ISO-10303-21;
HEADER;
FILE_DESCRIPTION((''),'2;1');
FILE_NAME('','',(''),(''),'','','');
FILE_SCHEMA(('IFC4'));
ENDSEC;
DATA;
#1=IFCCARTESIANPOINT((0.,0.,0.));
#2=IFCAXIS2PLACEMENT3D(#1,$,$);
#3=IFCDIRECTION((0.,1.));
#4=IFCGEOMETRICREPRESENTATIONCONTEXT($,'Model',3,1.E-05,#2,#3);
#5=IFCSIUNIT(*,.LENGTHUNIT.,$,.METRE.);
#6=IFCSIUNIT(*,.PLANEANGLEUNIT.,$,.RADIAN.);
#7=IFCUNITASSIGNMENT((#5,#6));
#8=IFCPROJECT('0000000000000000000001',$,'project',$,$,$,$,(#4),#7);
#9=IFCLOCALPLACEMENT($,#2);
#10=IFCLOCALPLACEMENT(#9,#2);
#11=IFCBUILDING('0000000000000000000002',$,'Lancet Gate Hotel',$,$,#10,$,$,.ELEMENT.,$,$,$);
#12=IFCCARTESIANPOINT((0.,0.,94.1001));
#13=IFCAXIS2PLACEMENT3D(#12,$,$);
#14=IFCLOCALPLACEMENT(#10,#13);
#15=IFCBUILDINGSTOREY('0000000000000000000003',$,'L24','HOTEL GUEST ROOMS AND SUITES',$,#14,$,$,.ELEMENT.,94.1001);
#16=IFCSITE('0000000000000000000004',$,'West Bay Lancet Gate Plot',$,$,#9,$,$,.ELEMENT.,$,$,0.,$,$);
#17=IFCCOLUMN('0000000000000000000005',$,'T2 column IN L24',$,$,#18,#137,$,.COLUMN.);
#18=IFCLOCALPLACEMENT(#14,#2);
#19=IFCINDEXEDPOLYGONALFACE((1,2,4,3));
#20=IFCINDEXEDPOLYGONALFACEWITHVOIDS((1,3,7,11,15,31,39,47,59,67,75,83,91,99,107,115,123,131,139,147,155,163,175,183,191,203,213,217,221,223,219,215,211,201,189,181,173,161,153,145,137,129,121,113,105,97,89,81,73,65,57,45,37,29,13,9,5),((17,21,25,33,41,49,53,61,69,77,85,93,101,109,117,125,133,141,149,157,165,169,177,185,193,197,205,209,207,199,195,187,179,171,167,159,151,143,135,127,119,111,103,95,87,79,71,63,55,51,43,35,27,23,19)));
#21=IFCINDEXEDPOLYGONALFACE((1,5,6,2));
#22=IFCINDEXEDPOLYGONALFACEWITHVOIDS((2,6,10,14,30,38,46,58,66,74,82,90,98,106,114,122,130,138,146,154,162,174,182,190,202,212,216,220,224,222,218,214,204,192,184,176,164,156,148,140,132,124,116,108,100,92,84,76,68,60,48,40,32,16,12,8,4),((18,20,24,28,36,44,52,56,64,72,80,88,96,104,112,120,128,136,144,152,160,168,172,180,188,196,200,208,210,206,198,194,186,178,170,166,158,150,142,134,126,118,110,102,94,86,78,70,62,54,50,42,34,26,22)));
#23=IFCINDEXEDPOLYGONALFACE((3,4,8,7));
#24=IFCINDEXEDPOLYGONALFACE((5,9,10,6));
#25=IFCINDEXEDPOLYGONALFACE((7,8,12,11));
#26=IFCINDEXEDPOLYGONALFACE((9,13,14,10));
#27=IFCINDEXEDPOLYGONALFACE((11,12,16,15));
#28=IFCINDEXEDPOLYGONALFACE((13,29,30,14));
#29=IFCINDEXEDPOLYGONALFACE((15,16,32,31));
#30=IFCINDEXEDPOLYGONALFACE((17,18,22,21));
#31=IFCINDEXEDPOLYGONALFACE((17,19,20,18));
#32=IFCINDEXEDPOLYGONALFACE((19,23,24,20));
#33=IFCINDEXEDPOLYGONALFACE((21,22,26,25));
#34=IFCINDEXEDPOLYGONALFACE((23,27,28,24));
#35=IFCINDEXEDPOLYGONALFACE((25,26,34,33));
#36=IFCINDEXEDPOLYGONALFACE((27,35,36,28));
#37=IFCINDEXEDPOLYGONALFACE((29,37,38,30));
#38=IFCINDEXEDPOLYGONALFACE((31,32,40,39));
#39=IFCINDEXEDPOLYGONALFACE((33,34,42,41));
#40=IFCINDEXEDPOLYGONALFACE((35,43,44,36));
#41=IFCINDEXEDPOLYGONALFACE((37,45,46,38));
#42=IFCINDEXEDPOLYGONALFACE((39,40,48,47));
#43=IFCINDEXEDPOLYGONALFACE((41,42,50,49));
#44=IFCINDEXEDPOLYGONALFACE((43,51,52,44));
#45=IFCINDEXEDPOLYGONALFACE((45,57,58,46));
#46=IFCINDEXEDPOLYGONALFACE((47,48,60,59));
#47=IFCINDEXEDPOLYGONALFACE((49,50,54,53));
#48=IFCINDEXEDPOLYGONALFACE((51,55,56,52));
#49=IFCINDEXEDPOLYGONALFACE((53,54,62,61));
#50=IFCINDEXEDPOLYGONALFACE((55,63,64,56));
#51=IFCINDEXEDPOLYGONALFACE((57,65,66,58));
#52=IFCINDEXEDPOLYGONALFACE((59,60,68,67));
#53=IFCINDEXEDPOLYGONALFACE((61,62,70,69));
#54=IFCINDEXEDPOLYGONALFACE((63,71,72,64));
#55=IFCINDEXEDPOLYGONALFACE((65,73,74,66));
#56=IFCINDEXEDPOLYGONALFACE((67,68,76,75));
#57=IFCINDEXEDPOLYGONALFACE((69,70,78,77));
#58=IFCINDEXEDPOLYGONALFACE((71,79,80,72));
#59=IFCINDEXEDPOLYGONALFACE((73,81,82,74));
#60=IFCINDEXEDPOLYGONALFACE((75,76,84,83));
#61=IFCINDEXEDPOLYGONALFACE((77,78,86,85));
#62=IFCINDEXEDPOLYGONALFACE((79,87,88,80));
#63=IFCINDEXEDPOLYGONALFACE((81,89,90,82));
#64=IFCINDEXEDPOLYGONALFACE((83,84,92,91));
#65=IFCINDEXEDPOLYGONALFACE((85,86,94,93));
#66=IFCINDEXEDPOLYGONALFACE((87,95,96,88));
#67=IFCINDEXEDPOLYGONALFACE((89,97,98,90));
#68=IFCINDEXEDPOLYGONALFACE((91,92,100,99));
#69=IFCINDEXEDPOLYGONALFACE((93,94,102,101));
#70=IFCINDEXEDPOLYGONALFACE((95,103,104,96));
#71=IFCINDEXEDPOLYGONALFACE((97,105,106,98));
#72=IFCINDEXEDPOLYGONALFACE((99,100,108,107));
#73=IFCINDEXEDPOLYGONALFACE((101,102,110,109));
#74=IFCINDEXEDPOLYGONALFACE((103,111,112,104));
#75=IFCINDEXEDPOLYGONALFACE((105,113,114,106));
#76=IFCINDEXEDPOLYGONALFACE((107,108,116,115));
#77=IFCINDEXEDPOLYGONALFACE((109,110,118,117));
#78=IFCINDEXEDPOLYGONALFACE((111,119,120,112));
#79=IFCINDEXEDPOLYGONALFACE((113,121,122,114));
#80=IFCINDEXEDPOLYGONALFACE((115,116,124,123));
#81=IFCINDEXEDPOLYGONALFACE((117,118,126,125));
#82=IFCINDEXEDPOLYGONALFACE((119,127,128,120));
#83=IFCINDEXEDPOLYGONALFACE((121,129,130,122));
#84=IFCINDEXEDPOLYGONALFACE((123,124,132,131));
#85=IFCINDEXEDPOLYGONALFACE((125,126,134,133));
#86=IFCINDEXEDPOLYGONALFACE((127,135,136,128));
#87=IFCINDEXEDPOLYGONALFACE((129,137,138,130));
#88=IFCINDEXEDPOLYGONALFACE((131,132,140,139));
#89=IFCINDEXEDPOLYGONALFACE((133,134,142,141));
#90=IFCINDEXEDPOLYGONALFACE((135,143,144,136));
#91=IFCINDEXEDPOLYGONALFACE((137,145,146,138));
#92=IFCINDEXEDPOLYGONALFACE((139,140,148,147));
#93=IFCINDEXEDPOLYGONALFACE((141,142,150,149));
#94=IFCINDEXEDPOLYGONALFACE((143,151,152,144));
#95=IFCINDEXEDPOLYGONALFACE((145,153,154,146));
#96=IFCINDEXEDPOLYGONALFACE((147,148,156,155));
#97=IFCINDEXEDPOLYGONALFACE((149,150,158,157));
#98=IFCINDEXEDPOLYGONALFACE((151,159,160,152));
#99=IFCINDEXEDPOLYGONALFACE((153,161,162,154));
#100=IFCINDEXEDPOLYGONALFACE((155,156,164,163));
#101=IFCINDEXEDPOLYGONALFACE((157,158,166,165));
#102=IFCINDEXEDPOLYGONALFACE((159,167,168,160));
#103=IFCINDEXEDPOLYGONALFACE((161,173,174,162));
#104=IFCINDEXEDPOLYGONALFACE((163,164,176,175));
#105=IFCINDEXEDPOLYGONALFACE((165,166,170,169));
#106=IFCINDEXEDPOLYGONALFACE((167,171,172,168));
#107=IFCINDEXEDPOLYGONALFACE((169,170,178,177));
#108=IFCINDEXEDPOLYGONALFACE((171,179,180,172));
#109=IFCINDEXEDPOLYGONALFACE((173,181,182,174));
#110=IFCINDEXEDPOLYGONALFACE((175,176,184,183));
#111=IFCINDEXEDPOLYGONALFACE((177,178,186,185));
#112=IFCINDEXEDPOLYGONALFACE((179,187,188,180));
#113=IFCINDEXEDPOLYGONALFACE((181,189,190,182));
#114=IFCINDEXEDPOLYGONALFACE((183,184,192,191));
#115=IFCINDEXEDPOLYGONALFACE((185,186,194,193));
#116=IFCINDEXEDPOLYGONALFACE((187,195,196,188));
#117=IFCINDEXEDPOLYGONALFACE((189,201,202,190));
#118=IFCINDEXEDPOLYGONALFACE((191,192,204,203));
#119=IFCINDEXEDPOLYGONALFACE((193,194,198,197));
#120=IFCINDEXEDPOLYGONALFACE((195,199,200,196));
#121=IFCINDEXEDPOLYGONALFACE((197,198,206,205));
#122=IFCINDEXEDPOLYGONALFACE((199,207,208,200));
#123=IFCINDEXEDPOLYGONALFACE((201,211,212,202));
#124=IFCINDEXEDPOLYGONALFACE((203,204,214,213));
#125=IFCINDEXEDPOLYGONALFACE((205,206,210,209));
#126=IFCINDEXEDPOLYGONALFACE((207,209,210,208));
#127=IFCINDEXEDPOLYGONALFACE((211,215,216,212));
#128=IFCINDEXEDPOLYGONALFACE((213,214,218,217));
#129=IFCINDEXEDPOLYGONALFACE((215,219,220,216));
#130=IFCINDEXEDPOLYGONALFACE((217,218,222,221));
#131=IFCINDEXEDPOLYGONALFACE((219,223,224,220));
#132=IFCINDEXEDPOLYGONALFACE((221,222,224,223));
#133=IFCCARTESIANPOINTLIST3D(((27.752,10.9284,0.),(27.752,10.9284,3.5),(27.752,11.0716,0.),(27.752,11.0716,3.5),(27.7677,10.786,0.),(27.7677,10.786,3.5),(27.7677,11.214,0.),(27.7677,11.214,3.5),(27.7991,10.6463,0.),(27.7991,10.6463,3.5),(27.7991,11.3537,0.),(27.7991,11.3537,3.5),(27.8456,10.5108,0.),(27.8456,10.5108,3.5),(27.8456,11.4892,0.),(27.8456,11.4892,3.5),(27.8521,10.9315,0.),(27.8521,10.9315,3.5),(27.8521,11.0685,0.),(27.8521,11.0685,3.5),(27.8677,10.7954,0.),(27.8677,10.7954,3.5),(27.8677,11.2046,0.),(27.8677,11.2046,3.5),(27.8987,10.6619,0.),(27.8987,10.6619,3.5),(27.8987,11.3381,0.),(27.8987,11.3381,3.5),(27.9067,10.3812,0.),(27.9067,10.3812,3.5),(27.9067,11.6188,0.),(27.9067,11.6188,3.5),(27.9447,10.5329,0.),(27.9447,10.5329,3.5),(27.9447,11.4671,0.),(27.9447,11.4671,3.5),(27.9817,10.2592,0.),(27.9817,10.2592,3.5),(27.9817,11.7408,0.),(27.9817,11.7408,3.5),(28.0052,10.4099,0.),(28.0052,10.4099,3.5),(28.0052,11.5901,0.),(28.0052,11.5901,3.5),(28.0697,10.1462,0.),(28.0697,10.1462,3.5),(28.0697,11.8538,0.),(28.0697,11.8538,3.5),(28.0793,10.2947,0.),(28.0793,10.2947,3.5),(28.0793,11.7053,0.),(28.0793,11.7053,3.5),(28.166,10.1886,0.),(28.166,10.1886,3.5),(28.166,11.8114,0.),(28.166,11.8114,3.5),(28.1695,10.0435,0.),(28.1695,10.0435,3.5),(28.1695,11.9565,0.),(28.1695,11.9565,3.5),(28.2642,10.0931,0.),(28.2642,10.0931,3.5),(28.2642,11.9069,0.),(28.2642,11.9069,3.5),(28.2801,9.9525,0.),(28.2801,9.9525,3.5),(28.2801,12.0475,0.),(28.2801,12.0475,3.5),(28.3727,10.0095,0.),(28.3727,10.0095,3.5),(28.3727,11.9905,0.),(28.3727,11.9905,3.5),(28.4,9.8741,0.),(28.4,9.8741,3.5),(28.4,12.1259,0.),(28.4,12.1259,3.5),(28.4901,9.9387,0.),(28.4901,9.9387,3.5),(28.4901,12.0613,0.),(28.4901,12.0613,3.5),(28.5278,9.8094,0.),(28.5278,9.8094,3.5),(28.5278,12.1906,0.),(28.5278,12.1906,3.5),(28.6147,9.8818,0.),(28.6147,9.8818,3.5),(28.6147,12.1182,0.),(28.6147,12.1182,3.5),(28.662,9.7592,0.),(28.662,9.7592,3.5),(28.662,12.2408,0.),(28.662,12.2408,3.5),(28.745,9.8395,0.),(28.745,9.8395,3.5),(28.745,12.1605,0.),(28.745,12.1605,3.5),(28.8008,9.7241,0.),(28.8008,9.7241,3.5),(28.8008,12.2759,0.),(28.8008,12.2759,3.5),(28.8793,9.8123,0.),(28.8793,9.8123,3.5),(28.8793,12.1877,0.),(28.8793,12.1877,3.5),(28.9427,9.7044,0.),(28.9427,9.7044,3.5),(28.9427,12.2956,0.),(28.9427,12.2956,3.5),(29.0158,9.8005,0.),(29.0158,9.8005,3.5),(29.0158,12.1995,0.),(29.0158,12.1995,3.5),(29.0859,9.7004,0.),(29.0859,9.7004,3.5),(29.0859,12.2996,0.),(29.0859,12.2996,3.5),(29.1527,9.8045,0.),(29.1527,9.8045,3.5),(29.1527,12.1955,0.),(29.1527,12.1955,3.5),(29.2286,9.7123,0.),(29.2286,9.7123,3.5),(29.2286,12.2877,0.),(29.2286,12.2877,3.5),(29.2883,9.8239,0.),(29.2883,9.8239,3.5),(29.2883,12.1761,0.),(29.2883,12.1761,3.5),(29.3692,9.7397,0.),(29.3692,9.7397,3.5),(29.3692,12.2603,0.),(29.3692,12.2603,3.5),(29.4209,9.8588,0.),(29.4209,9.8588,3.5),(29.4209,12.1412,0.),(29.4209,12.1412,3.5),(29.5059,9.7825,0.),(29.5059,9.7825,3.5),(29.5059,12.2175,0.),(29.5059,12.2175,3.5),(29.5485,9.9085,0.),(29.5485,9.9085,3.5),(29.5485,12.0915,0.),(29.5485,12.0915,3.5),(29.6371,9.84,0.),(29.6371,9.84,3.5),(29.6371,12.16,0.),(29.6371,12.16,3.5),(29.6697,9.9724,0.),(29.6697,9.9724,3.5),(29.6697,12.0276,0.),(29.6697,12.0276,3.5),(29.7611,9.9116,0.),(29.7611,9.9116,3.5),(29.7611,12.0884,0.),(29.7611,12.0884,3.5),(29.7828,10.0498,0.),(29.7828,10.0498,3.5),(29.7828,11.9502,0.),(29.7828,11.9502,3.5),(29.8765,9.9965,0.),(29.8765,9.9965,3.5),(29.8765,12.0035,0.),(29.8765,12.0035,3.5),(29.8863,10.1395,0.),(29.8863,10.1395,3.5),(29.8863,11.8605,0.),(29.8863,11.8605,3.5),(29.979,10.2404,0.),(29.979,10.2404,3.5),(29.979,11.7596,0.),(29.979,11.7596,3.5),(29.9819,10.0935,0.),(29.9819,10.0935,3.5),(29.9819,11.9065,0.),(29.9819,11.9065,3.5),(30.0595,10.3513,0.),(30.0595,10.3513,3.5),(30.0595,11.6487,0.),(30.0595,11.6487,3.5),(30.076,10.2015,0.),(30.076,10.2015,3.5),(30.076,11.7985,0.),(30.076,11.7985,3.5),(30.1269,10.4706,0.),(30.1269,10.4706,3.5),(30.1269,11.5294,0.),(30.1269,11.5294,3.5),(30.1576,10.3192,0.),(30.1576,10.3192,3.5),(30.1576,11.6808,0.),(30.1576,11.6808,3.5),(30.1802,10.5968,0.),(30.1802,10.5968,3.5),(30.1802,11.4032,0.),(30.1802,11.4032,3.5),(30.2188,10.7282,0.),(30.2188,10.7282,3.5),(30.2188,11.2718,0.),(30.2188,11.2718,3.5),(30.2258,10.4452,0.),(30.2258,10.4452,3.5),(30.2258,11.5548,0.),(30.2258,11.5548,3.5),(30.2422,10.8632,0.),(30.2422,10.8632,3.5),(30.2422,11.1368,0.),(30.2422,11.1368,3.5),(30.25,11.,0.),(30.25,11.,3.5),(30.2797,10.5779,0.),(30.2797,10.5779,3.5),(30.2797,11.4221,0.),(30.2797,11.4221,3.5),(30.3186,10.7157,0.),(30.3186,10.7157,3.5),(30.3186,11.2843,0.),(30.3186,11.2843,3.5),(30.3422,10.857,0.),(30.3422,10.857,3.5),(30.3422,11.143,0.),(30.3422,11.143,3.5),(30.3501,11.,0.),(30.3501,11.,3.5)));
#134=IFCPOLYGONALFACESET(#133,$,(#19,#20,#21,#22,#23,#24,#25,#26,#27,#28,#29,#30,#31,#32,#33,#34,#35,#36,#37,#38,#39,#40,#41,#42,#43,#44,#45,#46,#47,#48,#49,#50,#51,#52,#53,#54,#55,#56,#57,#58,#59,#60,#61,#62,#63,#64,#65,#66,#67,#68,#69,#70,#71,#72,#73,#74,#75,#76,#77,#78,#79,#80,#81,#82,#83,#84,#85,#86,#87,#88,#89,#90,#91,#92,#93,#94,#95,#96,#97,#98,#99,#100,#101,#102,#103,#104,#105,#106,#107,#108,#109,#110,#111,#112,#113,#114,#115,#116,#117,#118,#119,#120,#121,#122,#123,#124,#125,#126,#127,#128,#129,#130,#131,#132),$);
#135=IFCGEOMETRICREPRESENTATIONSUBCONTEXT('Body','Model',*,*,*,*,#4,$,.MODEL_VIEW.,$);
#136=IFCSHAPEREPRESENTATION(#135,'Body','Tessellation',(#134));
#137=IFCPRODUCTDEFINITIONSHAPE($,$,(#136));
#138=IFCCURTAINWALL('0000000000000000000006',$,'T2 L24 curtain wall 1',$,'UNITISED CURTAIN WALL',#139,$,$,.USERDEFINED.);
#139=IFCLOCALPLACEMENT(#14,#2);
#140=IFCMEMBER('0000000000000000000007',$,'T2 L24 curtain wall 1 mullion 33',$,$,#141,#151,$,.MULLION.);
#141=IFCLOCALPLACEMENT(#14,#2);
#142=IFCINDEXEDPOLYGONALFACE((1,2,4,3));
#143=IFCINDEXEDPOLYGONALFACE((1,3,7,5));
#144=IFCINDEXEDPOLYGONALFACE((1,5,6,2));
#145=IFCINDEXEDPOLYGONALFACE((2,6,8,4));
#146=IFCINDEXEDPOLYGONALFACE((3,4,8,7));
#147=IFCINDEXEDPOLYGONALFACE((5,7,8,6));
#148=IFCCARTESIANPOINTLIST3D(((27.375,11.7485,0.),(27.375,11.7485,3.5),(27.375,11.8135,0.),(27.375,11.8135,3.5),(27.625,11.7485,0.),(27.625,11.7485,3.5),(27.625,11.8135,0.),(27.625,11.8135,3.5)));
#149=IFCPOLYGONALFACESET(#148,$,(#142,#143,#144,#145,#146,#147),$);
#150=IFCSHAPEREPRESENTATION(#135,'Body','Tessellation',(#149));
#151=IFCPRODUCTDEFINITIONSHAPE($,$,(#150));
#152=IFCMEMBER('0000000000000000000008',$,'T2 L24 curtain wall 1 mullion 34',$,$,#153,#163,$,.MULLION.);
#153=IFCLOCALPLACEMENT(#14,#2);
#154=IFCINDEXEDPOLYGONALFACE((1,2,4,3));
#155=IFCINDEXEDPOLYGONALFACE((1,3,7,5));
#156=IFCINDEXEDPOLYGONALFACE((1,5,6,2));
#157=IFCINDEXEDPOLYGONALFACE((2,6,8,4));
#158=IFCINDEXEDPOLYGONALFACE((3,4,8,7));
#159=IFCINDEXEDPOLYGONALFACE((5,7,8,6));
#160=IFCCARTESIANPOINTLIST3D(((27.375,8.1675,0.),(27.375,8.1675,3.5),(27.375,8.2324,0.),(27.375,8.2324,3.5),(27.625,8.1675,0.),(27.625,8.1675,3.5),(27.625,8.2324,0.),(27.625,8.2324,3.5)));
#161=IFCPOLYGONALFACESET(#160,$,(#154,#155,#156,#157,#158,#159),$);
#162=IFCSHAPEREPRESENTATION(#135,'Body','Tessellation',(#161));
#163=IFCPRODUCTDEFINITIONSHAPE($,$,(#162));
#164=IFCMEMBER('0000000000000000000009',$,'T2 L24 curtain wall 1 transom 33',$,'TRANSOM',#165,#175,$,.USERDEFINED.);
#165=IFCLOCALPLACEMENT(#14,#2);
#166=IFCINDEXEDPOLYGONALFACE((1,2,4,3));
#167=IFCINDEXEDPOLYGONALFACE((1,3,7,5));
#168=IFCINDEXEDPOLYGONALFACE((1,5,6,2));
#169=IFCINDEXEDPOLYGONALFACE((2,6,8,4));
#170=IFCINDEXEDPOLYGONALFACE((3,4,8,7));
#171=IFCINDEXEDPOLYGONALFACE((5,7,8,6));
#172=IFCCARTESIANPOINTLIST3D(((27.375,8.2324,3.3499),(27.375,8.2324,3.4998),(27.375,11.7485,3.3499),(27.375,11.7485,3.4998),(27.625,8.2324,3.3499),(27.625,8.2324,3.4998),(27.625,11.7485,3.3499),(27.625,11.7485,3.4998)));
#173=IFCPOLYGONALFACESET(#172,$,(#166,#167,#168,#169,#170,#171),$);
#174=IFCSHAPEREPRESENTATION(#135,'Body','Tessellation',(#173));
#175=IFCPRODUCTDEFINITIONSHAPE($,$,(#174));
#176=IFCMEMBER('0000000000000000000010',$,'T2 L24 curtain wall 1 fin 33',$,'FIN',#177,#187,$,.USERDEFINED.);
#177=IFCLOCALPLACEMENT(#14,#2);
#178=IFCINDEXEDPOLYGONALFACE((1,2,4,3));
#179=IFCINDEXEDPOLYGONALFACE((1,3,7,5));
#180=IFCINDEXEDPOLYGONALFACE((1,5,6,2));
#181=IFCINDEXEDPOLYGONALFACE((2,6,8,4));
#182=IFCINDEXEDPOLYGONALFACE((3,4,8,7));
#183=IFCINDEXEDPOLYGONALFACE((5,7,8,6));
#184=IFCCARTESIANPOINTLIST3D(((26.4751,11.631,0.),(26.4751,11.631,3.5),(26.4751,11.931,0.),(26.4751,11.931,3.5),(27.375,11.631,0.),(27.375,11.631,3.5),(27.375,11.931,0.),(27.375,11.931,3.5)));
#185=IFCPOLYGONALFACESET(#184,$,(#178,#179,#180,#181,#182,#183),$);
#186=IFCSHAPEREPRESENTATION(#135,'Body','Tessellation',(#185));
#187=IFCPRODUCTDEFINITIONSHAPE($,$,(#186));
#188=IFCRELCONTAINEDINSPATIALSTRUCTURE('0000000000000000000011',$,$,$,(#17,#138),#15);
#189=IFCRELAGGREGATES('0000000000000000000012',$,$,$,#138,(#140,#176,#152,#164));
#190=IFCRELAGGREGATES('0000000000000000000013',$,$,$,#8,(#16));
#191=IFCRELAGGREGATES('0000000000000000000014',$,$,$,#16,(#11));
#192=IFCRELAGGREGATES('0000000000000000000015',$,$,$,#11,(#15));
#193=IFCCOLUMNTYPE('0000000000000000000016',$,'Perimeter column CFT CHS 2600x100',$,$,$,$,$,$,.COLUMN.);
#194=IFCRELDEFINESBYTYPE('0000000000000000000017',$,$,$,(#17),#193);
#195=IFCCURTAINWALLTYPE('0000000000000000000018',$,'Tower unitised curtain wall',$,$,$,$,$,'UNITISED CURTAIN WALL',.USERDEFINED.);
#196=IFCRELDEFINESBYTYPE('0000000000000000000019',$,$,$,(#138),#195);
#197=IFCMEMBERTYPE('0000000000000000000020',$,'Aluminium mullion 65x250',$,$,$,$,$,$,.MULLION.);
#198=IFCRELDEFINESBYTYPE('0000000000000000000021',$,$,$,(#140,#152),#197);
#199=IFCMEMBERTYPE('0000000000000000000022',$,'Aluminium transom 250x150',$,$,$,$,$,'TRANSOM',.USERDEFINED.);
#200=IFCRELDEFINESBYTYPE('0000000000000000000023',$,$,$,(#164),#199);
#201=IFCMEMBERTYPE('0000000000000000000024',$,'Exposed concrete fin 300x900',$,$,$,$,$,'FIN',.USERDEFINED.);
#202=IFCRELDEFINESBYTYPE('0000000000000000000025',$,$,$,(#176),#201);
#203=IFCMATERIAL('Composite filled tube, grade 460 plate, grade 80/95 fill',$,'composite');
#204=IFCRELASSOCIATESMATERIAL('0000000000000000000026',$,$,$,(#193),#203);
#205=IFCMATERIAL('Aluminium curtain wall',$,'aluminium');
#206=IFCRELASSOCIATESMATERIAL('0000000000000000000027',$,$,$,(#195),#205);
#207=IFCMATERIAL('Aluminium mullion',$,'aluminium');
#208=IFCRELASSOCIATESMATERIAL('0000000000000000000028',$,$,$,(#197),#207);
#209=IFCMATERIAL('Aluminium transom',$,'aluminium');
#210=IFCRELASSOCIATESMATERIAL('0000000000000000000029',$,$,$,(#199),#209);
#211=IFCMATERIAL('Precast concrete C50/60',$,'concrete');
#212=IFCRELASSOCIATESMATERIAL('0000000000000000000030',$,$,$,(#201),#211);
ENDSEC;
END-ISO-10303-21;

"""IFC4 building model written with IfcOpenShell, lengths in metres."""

from ifc_helpers import new_model, si_unit, direction, frame, origin, origin_2d, place, context, subcontext, project, spatial, rectangle, hollow_circle, extrude, material, material_profile, profile_set, type_object, element, aggregate, save


model = new_model("IFC4")

# Units and contexts
model_context = context("Model", 3, precision=1e-05, world=origin(), true_north=direction((0.0, 1.0)))
body_context = subcontext(model_context, "Body", "Model", "MODEL_VIEW")
ifc_project = project(units=[si_unit("LENGTHUNIT", "METRE"), si_unit("PLANEANGLEUNIT", "RADIAN")], contexts=[model_context])

# Site, building, storey
site_placement = place(None, origin())
site = spatial("IfcSite", under=ifc_project, at=site_placement, Name="West Bay Lancet Gate Plot", CompositionType="ELEMENT", RefElevation=0.0)
building_placement = place(site_placement, origin())
building = spatial("IfcBuilding", under=site, at=building_placement, Name="Lancet Gate Hotel", CompositionType="ELEMENT")
storey_placement = place(building_placement, frame((0.0, 0.0, 94.1001)))
storey = spatial("IfcBuildingStorey", under=building, at=storey_placement, Name="L24", Description="HOTEL GUEST ROOMS AND SUITES", CompositionType="ELEMENT", Elevation=94.1001)

# Column
ifc_material_1 = material(Name="Composite filled tube, grade 460 plate, grade 80/95 fill", Category="composite")
ifc_material_profile_1 = material_profile(ifc_material_1, hollow_circle(Radius=1.3, WallThickness=0.1001, at=origin_2d()), Name="CHS 2600x100")
ifc_profile_set_1 = profile_set([ifc_material_profile_1], Name="Composite filled tube, grade 460 plate, grade 80/95 fill")
column_type = type_object("IfcColumnType", Name="Perimeter column CFT CHS 2600x100", PredefinedType="COLUMN", material=ifc_profile_set_1)
column_placement = place(storey_placement, frame((29.05, 11.0, 0.0), z_axis=(0.0, 0.0, 1.0), x_axis=(1.0, 0.0, 0.0)))
element("IfcColumn", 1, at=column_placement, inside=storey, type_object=column_type, Name="T2 column IN L24", PredefinedType="COLUMN", context=body_context, shape_type="SweptSolid", body=[
    extrude(hollow_circle(Radius=1.3, WallThickness=0.1001, at=origin_2d()), origin(), (0.0, 0.0, 1.0), 3.5),
])

# Curtain wall, members
ifc_material_2 = material(Name="Aluminium curtain wall", Category="aluminium")
curtain_wall_type = type_object("IfcCurtainWallType", Name="Tower unitised curtain wall", ElementType="UNITISED CURTAIN WALL", PredefinedType="USERDEFINED", material=ifc_material_2)
curtain_wall_placement = place(storey_placement, origin())
curtain_wall = element("IfcCurtainWall", 2, at=curtain_wall_placement, inside=storey, type_object=curtain_wall_type, Name="T2 L24 curtain wall 1", ObjectType="UNITISED CURTAIN WALL", PredefinedType="USERDEFINED")
ifc_material_3 = material(Name="Aluminium mullion", Category="aluminium")
ifc_material_profile_2 = material_profile(ifc_material_3, rectangle(XDim=0.0649, YDim=0.25, at=origin_2d()), Name="MULLION 65x250")
ifc_profile_set_2 = profile_set([ifc_material_profile_2], Name="Aluminium mullion")
member_type_1 = type_object("IfcMemberType", Name="Aluminium mullion 65x250", PredefinedType="MULLION", material=ifc_profile_set_2)
member_1_placement = place(storey_placement, frame((27.5, 11.781, 0.0), z_axis=(0.0, 0.0, 1.0), x_axis=(0.0, -1.0, 0.0)))
member_1 = element("IfcMember", 3, at=member_1_placement, type_object=member_type_1, Name="T2 L24 curtain wall 1 mullion 33", PredefinedType="MULLION", context=body_context, shape_type="SweptSolid", body=[
    extrude(rectangle(XDim=0.0649, YDim=0.25, at=origin_2d()), origin(), (0.0, 0.0, 1.0), 3.5),
])
member_2_placement = place(storey_placement, frame((27.5, 8.2, 0.0), z_axis=(0.0, 0.0, 1.0), x_axis=(0.0, -1.0, 0.0)))
member_2 = element("IfcMember", 4, at=member_2_placement, type_object=member_type_1, Name="T2 L24 curtain wall 1 mullion 34", PredefinedType="MULLION", context=body_context, shape_type="SweptSolid", body=[
    extrude(rectangle(XDim=0.0649, YDim=0.25, at=origin_2d()), origin(), (0.0, 0.0, 1.0), 3.5),
])
ifc_material_4 = material(Name="Aluminium transom", Category="aluminium")
ifc_material_profile_3 = material_profile(ifc_material_4, rectangle(XDim=0.25, YDim=0.1499, at=origin_2d()), Name="TRANSOM 250x150")
ifc_profile_set_3 = profile_set([ifc_material_profile_3], Name="Aluminium transom")
member_type_2 = type_object("IfcMemberType", Name="Aluminium transom 250x150", ElementType="TRANSOM", PredefinedType="USERDEFINED", material=ifc_profile_set_3)
member_3_placement = place(storey_placement, frame((27.5, 11.7485, 3.4248), z_axis=(0.0, -1.0, 0.0), x_axis=(1.0, 0.0, 0.0)))
member_3 = element("IfcMember", 5, at=member_3_placement, type_object=member_type_2, Name="T2 L24 curtain wall 1 transom 33", ObjectType="TRANSOM", PredefinedType="USERDEFINED", context=body_context, shape_type="SweptSolid", body=[
    extrude(rectangle(XDim=0.25, YDim=0.1499, at=origin_2d()), origin(), (0.0, 0.0, 1.0), 3.5161),
])
ifc_material_5 = material(Name="Precast concrete C50/60", Category="concrete")
ifc_material_profile_4 = material_profile(ifc_material_5, rectangle(XDim=0.3, YDim=0.8999, at=origin_2d()), Name="FIN 300x900")
ifc_profile_set_4 = profile_set([ifc_material_profile_4], Name="Precast concrete C50/60")
member_type_3 = type_object("IfcMemberType", Name="Exposed concrete fin 300x900", ElementType="FIN", PredefinedType="USERDEFINED", material=ifc_profile_set_4)
member_4_placement = place(storey_placement, frame((26.925, 11.781, 0.0), z_axis=(0.0, 0.0, 1.0), x_axis=(0.0, -1.0, 0.0)))
member_4 = element("IfcMember", 6, at=member_4_placement, type_object=member_type_3, Name="T2 L24 curtain wall 1 fin 33", ObjectType="FIN", PredefinedType="USERDEFINED", context=body_context, shape_type="SweptSolid", body=[
    extrude(rectangle(XDim=0.3, YDim=0.8999, at=origin_2d()), origin(), (0.0, 0.0, 1.0), 3.5),
])

aggregate(curtain_wall, [member_1, member_4, member_2, member_3])

save(model, "model.ifc")
